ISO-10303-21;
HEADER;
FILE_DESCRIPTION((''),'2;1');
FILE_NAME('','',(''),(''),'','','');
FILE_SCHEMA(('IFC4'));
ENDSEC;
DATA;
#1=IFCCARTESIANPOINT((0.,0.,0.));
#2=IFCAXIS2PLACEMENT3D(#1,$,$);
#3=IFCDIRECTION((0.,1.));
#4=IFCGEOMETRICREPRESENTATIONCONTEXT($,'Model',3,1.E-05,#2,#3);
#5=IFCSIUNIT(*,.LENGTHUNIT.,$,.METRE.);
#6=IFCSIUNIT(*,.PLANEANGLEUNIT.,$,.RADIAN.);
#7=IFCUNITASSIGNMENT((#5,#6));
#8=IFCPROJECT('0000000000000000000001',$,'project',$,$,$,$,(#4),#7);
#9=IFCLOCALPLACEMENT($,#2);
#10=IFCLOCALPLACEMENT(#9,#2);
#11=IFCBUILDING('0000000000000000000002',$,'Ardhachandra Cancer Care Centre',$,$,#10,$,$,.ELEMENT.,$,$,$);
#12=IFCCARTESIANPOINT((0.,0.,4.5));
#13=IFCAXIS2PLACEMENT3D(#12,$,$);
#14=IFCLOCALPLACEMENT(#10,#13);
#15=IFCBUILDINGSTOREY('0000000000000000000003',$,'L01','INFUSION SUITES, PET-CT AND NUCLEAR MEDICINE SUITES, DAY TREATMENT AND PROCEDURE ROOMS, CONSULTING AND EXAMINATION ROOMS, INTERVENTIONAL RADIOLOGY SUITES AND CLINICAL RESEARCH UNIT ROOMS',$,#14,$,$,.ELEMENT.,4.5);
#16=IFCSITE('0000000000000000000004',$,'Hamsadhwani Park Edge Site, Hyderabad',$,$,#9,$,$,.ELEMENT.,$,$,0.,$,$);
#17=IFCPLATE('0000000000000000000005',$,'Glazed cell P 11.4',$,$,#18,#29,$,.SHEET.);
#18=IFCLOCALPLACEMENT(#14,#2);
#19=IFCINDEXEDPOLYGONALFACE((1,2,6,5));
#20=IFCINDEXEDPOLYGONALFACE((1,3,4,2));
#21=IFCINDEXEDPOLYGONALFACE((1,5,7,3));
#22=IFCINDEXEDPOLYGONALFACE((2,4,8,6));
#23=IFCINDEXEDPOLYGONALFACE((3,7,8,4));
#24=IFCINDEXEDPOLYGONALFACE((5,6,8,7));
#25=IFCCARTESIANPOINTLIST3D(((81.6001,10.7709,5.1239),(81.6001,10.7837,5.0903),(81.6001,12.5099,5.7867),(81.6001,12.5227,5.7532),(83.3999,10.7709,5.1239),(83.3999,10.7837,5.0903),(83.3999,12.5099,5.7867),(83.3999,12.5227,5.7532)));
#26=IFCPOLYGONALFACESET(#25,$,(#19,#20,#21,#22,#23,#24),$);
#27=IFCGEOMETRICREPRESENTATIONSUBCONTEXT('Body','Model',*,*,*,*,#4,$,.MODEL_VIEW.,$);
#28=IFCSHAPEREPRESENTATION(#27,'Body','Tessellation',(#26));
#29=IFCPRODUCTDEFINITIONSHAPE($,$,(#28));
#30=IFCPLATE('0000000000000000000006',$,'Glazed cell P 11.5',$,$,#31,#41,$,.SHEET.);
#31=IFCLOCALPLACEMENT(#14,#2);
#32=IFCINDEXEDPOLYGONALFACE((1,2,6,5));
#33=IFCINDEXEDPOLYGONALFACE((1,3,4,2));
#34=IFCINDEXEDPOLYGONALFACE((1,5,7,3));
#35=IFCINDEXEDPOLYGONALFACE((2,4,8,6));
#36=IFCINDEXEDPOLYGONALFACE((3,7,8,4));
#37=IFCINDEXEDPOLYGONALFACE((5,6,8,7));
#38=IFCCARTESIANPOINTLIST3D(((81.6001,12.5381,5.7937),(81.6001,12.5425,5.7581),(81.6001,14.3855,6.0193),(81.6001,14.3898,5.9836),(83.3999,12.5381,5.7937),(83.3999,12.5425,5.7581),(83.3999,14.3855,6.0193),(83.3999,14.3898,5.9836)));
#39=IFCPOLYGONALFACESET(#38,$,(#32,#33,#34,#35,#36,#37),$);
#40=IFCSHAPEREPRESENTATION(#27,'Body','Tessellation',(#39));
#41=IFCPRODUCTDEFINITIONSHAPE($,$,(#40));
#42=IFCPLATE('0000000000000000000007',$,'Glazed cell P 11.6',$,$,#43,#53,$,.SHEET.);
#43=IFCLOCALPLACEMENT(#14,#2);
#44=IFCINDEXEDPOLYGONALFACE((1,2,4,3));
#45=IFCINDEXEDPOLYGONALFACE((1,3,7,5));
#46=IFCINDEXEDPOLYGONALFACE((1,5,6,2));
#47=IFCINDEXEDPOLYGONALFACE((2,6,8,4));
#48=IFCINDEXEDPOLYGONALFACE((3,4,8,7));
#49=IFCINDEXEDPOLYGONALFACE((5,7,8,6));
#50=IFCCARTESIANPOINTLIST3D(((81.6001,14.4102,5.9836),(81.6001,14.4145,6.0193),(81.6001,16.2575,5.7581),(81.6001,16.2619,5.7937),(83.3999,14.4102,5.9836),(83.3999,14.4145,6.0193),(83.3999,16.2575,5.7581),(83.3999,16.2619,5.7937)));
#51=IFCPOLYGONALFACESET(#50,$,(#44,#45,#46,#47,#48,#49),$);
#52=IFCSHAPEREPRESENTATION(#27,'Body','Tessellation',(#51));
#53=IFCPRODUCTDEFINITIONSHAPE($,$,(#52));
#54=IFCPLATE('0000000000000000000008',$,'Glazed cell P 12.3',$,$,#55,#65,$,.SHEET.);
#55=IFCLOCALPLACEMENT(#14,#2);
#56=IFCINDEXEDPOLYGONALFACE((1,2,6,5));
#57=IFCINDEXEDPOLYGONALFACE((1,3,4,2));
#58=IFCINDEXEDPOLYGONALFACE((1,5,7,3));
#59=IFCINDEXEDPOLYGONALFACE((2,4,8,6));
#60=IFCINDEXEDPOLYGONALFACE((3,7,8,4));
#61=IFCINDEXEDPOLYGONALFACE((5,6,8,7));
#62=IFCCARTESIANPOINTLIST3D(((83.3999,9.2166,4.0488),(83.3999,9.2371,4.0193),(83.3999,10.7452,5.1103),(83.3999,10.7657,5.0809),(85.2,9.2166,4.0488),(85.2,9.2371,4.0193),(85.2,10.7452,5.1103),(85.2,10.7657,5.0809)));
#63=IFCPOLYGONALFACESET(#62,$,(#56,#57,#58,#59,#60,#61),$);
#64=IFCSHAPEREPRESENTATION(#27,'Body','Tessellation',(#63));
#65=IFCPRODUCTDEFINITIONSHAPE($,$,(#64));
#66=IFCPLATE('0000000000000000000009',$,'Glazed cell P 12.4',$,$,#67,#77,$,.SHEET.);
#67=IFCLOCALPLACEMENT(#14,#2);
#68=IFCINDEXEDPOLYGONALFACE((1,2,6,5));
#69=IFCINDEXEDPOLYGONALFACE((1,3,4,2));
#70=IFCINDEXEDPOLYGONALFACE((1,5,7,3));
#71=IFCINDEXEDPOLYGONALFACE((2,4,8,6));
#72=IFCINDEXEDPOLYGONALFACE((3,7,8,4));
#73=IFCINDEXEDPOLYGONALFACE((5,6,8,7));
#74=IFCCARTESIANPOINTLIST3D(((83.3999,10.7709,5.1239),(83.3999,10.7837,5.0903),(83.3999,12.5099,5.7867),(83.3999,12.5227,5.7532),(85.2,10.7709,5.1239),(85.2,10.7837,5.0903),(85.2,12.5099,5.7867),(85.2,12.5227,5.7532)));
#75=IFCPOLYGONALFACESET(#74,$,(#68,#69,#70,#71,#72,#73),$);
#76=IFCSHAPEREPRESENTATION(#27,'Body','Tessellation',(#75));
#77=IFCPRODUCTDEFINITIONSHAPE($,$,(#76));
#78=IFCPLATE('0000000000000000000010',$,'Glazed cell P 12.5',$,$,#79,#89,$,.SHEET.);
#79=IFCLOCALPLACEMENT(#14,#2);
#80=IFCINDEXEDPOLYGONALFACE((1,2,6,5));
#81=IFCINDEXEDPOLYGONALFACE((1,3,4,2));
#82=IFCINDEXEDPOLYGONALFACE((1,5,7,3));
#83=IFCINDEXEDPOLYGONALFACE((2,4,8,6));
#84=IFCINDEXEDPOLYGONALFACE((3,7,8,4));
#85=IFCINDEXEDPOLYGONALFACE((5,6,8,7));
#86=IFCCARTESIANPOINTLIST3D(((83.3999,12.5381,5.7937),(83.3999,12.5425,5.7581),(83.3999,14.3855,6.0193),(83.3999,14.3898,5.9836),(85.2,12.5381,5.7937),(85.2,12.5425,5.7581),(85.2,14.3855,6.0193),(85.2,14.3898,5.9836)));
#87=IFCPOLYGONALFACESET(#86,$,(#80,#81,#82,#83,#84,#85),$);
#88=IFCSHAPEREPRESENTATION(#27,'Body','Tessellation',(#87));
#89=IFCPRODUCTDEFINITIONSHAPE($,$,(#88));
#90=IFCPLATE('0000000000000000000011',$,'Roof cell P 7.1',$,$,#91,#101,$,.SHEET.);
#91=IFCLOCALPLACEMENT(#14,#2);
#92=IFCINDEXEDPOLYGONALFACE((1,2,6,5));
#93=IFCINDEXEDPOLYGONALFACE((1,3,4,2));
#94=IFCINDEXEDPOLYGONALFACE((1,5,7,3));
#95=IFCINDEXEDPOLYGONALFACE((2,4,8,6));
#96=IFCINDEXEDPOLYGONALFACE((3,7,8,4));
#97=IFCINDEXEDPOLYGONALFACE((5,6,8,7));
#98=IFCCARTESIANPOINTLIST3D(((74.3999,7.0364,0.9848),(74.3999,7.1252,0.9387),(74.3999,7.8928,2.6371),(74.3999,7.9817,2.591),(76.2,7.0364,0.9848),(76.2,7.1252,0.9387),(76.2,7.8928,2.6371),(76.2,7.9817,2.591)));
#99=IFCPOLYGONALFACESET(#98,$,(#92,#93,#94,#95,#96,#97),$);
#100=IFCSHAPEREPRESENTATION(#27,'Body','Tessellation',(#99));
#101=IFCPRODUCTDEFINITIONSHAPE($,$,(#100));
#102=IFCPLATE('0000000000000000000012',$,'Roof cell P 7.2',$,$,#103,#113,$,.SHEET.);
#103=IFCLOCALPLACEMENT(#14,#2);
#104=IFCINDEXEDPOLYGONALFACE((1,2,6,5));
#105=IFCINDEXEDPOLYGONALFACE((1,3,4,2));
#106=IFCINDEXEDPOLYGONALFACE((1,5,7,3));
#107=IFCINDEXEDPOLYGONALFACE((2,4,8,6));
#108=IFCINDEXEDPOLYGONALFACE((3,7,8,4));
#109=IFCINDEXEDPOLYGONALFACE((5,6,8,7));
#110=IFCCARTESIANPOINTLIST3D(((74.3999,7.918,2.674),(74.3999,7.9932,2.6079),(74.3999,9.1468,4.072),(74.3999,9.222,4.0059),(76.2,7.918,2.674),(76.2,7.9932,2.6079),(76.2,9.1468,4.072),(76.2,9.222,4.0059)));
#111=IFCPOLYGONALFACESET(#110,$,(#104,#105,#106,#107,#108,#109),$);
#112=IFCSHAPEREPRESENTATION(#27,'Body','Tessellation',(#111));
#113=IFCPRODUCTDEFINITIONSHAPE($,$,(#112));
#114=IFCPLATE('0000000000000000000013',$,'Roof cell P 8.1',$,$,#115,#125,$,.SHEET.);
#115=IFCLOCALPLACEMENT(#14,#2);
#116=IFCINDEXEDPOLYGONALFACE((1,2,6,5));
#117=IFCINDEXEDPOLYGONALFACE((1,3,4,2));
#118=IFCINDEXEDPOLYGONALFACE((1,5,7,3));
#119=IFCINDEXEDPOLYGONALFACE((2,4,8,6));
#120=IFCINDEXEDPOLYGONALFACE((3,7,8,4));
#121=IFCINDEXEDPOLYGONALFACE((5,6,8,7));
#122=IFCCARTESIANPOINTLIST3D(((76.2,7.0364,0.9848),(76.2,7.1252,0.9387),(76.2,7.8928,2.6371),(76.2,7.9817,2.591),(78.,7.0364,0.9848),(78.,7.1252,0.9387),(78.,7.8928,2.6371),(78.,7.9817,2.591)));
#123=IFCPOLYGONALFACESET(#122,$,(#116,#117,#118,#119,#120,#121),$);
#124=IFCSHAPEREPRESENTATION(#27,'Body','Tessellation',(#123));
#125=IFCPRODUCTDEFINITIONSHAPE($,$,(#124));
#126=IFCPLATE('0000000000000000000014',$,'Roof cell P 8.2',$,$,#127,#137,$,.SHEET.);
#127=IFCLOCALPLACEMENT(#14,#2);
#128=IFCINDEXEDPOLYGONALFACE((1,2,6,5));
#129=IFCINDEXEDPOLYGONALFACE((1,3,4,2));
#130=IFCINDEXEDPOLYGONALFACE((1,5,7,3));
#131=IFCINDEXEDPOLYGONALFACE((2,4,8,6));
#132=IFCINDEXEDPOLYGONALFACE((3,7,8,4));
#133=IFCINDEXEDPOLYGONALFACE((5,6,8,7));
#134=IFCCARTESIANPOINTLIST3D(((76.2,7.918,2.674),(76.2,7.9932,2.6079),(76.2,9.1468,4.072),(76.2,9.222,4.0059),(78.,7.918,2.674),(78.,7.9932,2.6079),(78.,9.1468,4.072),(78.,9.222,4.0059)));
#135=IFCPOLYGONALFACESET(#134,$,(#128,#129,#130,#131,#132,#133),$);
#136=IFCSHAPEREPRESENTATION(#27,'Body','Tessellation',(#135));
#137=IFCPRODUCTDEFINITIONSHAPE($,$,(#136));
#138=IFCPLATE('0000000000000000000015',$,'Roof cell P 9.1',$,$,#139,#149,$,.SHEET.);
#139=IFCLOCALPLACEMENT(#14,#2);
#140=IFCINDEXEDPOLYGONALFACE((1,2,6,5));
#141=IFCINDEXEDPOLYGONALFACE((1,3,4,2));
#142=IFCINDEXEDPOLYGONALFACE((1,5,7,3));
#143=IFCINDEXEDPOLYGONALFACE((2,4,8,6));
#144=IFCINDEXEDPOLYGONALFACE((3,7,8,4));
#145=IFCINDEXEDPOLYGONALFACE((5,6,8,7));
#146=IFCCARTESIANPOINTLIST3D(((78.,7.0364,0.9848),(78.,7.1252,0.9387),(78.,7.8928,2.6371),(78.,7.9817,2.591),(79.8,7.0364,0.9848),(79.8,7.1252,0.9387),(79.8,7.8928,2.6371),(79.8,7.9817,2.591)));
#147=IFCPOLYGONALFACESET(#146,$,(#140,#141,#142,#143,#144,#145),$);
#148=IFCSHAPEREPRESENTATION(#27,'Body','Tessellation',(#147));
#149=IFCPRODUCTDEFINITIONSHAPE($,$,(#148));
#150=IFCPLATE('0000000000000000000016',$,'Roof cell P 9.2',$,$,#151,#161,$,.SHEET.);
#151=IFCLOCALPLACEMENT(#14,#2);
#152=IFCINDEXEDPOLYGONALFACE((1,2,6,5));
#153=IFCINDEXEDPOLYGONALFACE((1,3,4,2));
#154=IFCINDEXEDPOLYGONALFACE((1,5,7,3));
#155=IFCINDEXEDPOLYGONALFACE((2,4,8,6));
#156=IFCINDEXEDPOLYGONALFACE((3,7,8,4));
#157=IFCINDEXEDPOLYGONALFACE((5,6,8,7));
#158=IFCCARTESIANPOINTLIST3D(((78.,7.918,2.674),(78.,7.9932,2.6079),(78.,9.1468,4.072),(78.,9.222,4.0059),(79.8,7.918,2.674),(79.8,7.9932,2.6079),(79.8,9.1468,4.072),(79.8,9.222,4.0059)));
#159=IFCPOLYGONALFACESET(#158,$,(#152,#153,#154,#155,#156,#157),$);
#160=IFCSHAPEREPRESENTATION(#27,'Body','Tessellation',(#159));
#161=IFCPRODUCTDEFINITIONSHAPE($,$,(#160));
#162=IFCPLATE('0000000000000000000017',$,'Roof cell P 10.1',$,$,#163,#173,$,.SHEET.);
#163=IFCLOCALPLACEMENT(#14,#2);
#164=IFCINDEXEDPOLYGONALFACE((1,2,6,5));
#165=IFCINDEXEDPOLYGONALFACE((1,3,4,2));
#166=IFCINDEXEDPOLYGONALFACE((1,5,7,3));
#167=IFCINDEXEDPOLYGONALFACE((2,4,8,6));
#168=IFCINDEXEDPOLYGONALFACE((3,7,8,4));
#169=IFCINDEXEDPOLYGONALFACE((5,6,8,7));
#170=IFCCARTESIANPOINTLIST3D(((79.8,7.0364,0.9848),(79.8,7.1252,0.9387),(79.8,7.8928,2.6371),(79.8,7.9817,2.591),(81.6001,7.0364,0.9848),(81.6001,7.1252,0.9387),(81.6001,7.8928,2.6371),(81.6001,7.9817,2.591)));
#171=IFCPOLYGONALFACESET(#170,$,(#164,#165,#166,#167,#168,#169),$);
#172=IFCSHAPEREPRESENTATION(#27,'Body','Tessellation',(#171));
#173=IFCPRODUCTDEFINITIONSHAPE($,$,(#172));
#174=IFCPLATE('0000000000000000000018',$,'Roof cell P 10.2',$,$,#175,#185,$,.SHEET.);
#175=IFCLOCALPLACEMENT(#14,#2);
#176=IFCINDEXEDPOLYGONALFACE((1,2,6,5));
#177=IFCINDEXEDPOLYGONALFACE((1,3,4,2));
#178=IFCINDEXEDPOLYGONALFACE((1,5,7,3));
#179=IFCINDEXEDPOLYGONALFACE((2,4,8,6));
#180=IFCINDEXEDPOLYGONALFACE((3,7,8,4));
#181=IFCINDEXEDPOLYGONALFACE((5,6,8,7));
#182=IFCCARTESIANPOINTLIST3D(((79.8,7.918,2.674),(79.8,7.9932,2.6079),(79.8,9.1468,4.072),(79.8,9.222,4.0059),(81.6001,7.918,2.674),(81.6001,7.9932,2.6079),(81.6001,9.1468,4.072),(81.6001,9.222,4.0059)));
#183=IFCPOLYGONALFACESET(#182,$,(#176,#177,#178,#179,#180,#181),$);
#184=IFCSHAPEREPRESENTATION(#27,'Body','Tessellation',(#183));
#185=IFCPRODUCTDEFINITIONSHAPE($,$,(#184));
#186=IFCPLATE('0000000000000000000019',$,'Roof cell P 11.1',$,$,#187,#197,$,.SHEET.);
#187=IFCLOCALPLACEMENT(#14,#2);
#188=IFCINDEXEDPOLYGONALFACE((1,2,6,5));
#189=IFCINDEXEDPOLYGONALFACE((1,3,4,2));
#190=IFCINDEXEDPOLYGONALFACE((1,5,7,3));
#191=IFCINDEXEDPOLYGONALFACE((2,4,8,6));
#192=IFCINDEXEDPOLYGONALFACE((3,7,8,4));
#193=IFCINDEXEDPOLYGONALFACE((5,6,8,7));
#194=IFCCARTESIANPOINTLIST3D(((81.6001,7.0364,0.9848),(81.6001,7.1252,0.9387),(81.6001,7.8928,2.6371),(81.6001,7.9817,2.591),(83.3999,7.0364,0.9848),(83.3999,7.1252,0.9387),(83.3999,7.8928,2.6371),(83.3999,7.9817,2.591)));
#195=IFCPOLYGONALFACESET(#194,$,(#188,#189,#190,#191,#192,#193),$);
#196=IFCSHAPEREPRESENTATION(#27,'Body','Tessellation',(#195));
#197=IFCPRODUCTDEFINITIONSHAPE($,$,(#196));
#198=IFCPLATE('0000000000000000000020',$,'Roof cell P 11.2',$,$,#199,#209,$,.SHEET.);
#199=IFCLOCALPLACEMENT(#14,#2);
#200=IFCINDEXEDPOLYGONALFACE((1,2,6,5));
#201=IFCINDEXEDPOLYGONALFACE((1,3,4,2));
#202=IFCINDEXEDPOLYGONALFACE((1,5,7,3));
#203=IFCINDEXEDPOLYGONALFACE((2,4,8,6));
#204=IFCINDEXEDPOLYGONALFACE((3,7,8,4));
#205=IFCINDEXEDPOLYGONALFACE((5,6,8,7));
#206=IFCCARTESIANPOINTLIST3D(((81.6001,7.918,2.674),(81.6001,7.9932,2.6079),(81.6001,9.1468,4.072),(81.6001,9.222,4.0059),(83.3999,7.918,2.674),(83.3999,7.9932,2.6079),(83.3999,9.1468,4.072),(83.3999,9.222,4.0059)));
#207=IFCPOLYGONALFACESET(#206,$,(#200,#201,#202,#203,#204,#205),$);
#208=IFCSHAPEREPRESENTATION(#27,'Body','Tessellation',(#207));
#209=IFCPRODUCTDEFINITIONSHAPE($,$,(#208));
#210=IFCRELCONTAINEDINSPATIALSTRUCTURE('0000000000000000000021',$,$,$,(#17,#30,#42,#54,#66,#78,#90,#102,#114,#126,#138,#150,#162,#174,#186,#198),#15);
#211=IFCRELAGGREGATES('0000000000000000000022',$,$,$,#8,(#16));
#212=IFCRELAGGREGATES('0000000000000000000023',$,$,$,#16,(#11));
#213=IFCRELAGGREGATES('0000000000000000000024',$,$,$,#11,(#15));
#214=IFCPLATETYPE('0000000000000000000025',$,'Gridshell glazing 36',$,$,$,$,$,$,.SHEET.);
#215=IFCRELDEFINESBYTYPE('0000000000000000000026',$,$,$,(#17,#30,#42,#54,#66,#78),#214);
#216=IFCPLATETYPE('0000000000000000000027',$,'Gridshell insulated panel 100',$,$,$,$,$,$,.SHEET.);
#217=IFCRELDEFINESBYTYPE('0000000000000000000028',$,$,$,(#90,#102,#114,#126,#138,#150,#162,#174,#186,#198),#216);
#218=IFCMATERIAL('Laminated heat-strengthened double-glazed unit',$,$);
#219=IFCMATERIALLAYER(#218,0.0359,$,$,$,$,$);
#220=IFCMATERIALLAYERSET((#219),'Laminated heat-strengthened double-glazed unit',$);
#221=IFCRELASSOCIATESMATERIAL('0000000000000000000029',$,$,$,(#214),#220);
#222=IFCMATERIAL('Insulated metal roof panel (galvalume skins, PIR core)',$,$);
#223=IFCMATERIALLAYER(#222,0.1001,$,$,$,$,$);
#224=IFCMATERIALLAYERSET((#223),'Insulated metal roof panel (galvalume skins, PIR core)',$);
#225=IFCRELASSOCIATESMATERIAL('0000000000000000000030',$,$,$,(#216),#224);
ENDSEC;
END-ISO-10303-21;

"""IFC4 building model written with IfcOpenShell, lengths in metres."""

from ifc_helpers import new_model, si_unit, direction, frame, origin, place, context, subcontext, project, spatial, polyline, outline, extrude, material, layer, layer_set, type_object, element, save


model = new_model("IFC4")

# Units and contexts
model_context = context("Model", 3, precision=1e-05, world=origin(), true_north=direction((0.0, 1.0)))
body_context = subcontext(model_context, "Body", "Model", "MODEL_VIEW")
ifc_project = project(units=[si_unit("LENGTHUNIT", "METRE"), si_unit("PLANEANGLEUNIT", "RADIAN")], contexts=[model_context])

# Site, building, storey
site_placement = place(None, origin())
site = spatial("IfcSite", under=ifc_project, at=site_placement, Name="Hamsadhwani Park Edge Site, Hyderabad", CompositionType="ELEMENT", RefElevation=0.0)
building_placement = place(site_placement, origin())
building = spatial("IfcBuilding", under=site, at=building_placement, Name="Ardhachandra Cancer Care Centre", CompositionType="ELEMENT")
storey_placement = place(building_placement, frame((0.0, 0.0, 4.5)))
storey = spatial("IfcBuildingStorey", under=building, at=storey_placement, Name="L01", Description="INFUSION SUITES, PET-CT AND NUCLEAR MEDICINE SUITES, DAY TREATMENT AND PROCEDURE ROOMS, CONSULTING AND EXAMINATION ROOMS, INTERVENTIONAL RADIOLOGY SUITES AND CLINICAL RESEARCH UNIT ROOMS", CompositionType="ELEMENT", Elevation=4.5)

# Plates
ifc_material_1 = material(Name="Laminated heat-strengthened double-glazed unit")
ifc_layer_1 = layer(ifc_material_1, 0.0359)
ifc_layer_set_1 = layer_set([ifc_layer_1], Name="Laminated heat-strengthened double-glazed unit")
plate_type_1 = type_object("IfcPlateType", Name="Gridshell glazing 36", PredefinedType="SHEET", material=ifc_layer_set_1)
for number, where, z_axis, x_axis, name in (
    (1, (81.6001, 10.7837, 5.0903), (0.0, -0.356164, 0.934423), (1.0, 0.0, 0.0), "Glazed cell P 11.4"),
    (2, (81.6001, 12.5425, 5.7581), (0.0, -0.121209, 0.992627), (1.0, 0.0, 0.0), "Glazed cell P 11.5"),
    (3, (81.6001, 14.4102, 5.9836), (0.0, 0.121209, 0.992627), (1.0, 0.0, 0.0), "Glazed cell P 11.6"),
):
    element("IfcPlate", number, at=place(storey_placement, frame(where, z_axis=z_axis, x_axis=x_axis)), inside=storey, type_object=plate_type_1, Name=name, PredefinedType="SHEET", context=body_context, shape_type="SweptSolid", body=[
        extrude(outline(polyline([(0.0, 0.0), (1.7998, 0.0), (1.7998, 1.8611), (0.0, 1.8611), (0.0, 0.0)])), origin(), (0.0, 0.0, 1.0), 0.0359),
    ])
for number, where, z_axis, x_axis, name in (
    (4, (83.3999, 9.2371, 4.0193), (0.0, -0.570403, 0.821365), (1.0, 0.0, 0.0), "Glazed cell P 12.3"),
    (5, (83.3999, 10.7837, 5.0903), (0.0, -0.356164, 0.934423), (1.0, 0.0, 0.0), "Glazed cell P 12.4"),
    (6, (83.3999, 12.5425, 5.7581), (0.0, -0.121209, 0.992627), (1.0, 0.0, 0.0), "Glazed cell P 12.5"),
):
    element("IfcPlate", number, at=place(storey_placement, frame(where, z_axis=z_axis, x_axis=x_axis)), inside=storey, type_object=plate_type_1, Name=name, PredefinedType="SHEET", context=body_context, shape_type="SweptSolid", body=[
        extrude(outline(polyline([(0.0, 0.0), (1.8, 0.0), (1.8, 1.8611), (0.0, 1.8611), (0.0, 0.0)])), origin(), (0.0, 0.0, 1.0), 0.0359),
    ])
ifc_material_2 = material(Name="Insulated metal roof panel (galvalume skins, PIR core)")
ifc_layer_2 = layer(ifc_material_2, 0.1001)
ifc_layer_set_2 = layer_set([ifc_layer_2], Name="Insulated metal roof panel (galvalume skins, PIR core)")
plate_type_2 = type_object("IfcPlateType", Name="Gridshell insulated panel 100", PredefinedType="SHEET", material=ifc_layer_set_2)
plate_1_placement = place(storey_placement, frame((74.3999, 7.1252, 0.9387), z_axis=(0.0, -0.887826, 0.460179), x_axis=(1.0, 0.0, 0.0)))
element("IfcPlate", 7, at=plate_1_placement, inside=storey, type_object=plate_type_2, Name="Roof cell P 7.1", PredefinedType="SHEET", context=body_context, shape_type="SweptSolid", body=[
    extrude(outline(polyline([(0.0, 0.0), (1.8, 0.0), (1.8, 1.8611), (0.0, 1.8611), (0.0, 0.0)])), origin(), (0.0, 0.0, 1.0), 0.1001),
])
plate_2_placement = place(storey_placement, frame((74.3999, 7.9932, 2.6079), z_axis=(0.0, -0.751096, 0.660193), x_axis=(1.0, 0.0, 0.0)))
element("IfcPlate", 8, at=plate_2_placement, inside=storey, type_object=plate_type_2, Name="Roof cell P 7.2", PredefinedType="SHEET", context=body_context, shape_type="SweptSolid", body=[
    extrude(outline(polyline([(0.0, 0.0), (1.8, 0.0), (1.8, 1.8613), (0.0, 1.8613), (0.0, 0.0)])), origin(), (0.0, 0.0, 1.0), 0.1001),
])
plate_3_placement = place(storey_placement, frame((76.2, 7.1252, 0.9387), z_axis=(0.0, -0.887826, 0.460179), x_axis=(1.0, 0.0, 0.0)))
element("IfcPlate", 9, at=plate_3_placement, inside=storey, type_object=plate_type_2, Name="Roof cell P 8.1", PredefinedType="SHEET", context=body_context, shape_type="SweptSolid", body=[
    extrude(outline(polyline([(0.0, 0.0), (1.8, 0.0), (1.8, 1.8611), (0.0, 1.8611), (0.0, 0.0)])), origin(), (0.0, 0.0, 1.0), 0.1001),
])
plate_4_placement = place(storey_placement, frame((76.2, 7.9932, 2.6079), z_axis=(0.0, -0.751096, 0.660193), x_axis=(1.0, 0.0, 0.0)))
element("IfcPlate", 10, at=plate_4_placement, inside=storey, type_object=plate_type_2, Name="Roof cell P 8.2", PredefinedType="SHEET", context=body_context, shape_type="SweptSolid", body=[
    extrude(outline(polyline([(0.0, 0.0), (1.8, 0.0), (1.8, 1.8613), (0.0, 1.8613), (0.0, 0.0)])), origin(), (0.0, 0.0, 1.0), 0.1001),
])
plate_5_placement = place(storey_placement, frame((78.0, 7.1252, 0.9387), z_axis=(0.0, -0.887826, 0.460179), x_axis=(1.0, 0.0, 0.0)))
element("IfcPlate", 11, at=plate_5_placement, inside=storey, type_object=plate_type_2, Name="Roof cell P 9.1", PredefinedType="SHEET", context=body_context, shape_type="SweptSolid", body=[
    extrude(outline(polyline([(0.0, 0.0), (1.8, 0.0), (1.8, 1.8611), (0.0, 1.8611), (0.0, 0.0)])), origin(), (0.0, 0.0, 1.0), 0.1001),
])
plate_6_placement = place(storey_placement, frame((78.0, 7.9932, 2.6079), z_axis=(0.0, -0.751096, 0.660193), x_axis=(1.0, 0.0, 0.0)))
element("IfcPlate", 12, at=plate_6_placement, inside=storey, type_object=plate_type_2, Name="Roof cell P 9.2", PredefinedType="SHEET", context=body_context, shape_type="SweptSolid", body=[
    extrude(outline(polyline([(0.0, 0.0), (1.8, 0.0), (1.8, 1.8613), (0.0, 1.8613), (0.0, 0.0)])), origin(), (0.0, 0.0, 1.0), 0.1001),
])
plate_7_placement = place(storey_placement, frame((79.8, 7.1252, 0.9387), z_axis=(0.0, -0.887826, 0.460179), x_axis=(1.0, 0.0, 0.0)))
element("IfcPlate", 13, at=plate_7_placement, inside=storey, type_object=plate_type_2, Name="Roof cell P 10.1", PredefinedType="SHEET", context=body_context, shape_type="SweptSolid", body=[
    extrude(outline(polyline([(0.0, 0.0), (1.8, 0.0), (1.8, 1.8611), (0.0, 1.8611), (0.0, 0.0)])), origin(), (0.0, 0.0, 1.0), 0.1001),
])
plate_8_placement = place(storey_placement, frame((79.8, 7.9932, 2.6079), z_axis=(0.0, -0.751096, 0.660193), x_axis=(1.0, 0.0, 0.0)))
element("IfcPlate", 14, at=plate_8_placement, inside=storey, type_object=plate_type_2, Name="Roof cell P 10.2", PredefinedType="SHEET", context=body_context, shape_type="SweptSolid", body=[
    extrude(outline(polyline([(0.0, 0.0), (1.8, 0.0), (1.8, 1.8613), (0.0, 1.8613), (0.0, 0.0)])), origin(), (0.0, 0.0, 1.0), 0.1001),
])
plate_9_placement = place(storey_placement, frame((81.6001, 7.1252, 0.9387), z_axis=(0.0, -0.887826, 0.460179), x_axis=(1.0, 0.0, 0.0)))
element("IfcPlate", 15, at=plate_9_placement, inside=storey, type_object=plate_type_2, Name="Roof cell P 11.1", PredefinedType="SHEET", context=body_context, shape_type="SweptSolid", body=[
    extrude(outline(polyline([(0.0, 0.0), (1.7998, 0.0), (1.7998, 1.8611), (0.0, 1.8611), (0.0, 0.0)])), origin(), (0.0, 0.0, 1.0), 0.1001),
])
plate_10_placement = place(storey_placement, frame((81.6001, 7.9932, 2.6079), z_axis=(0.0, -0.751096, 0.660193), x_axis=(1.0, 0.0, 0.0)))
element("IfcPlate", 16, at=plate_10_placement, inside=storey, type_object=plate_type_2, Name="Roof cell P 11.2", PredefinedType="SHEET", context=body_context, shape_type="SweptSolid", body=[
    extrude(outline(polyline([(0.0, 0.0), (1.7998, 0.0), (1.7998, 1.8613), (0.0, 1.8613), (0.0, 0.0)])), origin(), (0.0, 0.0, 1.0), 0.1001),
])

save(model, "model.ifc")
